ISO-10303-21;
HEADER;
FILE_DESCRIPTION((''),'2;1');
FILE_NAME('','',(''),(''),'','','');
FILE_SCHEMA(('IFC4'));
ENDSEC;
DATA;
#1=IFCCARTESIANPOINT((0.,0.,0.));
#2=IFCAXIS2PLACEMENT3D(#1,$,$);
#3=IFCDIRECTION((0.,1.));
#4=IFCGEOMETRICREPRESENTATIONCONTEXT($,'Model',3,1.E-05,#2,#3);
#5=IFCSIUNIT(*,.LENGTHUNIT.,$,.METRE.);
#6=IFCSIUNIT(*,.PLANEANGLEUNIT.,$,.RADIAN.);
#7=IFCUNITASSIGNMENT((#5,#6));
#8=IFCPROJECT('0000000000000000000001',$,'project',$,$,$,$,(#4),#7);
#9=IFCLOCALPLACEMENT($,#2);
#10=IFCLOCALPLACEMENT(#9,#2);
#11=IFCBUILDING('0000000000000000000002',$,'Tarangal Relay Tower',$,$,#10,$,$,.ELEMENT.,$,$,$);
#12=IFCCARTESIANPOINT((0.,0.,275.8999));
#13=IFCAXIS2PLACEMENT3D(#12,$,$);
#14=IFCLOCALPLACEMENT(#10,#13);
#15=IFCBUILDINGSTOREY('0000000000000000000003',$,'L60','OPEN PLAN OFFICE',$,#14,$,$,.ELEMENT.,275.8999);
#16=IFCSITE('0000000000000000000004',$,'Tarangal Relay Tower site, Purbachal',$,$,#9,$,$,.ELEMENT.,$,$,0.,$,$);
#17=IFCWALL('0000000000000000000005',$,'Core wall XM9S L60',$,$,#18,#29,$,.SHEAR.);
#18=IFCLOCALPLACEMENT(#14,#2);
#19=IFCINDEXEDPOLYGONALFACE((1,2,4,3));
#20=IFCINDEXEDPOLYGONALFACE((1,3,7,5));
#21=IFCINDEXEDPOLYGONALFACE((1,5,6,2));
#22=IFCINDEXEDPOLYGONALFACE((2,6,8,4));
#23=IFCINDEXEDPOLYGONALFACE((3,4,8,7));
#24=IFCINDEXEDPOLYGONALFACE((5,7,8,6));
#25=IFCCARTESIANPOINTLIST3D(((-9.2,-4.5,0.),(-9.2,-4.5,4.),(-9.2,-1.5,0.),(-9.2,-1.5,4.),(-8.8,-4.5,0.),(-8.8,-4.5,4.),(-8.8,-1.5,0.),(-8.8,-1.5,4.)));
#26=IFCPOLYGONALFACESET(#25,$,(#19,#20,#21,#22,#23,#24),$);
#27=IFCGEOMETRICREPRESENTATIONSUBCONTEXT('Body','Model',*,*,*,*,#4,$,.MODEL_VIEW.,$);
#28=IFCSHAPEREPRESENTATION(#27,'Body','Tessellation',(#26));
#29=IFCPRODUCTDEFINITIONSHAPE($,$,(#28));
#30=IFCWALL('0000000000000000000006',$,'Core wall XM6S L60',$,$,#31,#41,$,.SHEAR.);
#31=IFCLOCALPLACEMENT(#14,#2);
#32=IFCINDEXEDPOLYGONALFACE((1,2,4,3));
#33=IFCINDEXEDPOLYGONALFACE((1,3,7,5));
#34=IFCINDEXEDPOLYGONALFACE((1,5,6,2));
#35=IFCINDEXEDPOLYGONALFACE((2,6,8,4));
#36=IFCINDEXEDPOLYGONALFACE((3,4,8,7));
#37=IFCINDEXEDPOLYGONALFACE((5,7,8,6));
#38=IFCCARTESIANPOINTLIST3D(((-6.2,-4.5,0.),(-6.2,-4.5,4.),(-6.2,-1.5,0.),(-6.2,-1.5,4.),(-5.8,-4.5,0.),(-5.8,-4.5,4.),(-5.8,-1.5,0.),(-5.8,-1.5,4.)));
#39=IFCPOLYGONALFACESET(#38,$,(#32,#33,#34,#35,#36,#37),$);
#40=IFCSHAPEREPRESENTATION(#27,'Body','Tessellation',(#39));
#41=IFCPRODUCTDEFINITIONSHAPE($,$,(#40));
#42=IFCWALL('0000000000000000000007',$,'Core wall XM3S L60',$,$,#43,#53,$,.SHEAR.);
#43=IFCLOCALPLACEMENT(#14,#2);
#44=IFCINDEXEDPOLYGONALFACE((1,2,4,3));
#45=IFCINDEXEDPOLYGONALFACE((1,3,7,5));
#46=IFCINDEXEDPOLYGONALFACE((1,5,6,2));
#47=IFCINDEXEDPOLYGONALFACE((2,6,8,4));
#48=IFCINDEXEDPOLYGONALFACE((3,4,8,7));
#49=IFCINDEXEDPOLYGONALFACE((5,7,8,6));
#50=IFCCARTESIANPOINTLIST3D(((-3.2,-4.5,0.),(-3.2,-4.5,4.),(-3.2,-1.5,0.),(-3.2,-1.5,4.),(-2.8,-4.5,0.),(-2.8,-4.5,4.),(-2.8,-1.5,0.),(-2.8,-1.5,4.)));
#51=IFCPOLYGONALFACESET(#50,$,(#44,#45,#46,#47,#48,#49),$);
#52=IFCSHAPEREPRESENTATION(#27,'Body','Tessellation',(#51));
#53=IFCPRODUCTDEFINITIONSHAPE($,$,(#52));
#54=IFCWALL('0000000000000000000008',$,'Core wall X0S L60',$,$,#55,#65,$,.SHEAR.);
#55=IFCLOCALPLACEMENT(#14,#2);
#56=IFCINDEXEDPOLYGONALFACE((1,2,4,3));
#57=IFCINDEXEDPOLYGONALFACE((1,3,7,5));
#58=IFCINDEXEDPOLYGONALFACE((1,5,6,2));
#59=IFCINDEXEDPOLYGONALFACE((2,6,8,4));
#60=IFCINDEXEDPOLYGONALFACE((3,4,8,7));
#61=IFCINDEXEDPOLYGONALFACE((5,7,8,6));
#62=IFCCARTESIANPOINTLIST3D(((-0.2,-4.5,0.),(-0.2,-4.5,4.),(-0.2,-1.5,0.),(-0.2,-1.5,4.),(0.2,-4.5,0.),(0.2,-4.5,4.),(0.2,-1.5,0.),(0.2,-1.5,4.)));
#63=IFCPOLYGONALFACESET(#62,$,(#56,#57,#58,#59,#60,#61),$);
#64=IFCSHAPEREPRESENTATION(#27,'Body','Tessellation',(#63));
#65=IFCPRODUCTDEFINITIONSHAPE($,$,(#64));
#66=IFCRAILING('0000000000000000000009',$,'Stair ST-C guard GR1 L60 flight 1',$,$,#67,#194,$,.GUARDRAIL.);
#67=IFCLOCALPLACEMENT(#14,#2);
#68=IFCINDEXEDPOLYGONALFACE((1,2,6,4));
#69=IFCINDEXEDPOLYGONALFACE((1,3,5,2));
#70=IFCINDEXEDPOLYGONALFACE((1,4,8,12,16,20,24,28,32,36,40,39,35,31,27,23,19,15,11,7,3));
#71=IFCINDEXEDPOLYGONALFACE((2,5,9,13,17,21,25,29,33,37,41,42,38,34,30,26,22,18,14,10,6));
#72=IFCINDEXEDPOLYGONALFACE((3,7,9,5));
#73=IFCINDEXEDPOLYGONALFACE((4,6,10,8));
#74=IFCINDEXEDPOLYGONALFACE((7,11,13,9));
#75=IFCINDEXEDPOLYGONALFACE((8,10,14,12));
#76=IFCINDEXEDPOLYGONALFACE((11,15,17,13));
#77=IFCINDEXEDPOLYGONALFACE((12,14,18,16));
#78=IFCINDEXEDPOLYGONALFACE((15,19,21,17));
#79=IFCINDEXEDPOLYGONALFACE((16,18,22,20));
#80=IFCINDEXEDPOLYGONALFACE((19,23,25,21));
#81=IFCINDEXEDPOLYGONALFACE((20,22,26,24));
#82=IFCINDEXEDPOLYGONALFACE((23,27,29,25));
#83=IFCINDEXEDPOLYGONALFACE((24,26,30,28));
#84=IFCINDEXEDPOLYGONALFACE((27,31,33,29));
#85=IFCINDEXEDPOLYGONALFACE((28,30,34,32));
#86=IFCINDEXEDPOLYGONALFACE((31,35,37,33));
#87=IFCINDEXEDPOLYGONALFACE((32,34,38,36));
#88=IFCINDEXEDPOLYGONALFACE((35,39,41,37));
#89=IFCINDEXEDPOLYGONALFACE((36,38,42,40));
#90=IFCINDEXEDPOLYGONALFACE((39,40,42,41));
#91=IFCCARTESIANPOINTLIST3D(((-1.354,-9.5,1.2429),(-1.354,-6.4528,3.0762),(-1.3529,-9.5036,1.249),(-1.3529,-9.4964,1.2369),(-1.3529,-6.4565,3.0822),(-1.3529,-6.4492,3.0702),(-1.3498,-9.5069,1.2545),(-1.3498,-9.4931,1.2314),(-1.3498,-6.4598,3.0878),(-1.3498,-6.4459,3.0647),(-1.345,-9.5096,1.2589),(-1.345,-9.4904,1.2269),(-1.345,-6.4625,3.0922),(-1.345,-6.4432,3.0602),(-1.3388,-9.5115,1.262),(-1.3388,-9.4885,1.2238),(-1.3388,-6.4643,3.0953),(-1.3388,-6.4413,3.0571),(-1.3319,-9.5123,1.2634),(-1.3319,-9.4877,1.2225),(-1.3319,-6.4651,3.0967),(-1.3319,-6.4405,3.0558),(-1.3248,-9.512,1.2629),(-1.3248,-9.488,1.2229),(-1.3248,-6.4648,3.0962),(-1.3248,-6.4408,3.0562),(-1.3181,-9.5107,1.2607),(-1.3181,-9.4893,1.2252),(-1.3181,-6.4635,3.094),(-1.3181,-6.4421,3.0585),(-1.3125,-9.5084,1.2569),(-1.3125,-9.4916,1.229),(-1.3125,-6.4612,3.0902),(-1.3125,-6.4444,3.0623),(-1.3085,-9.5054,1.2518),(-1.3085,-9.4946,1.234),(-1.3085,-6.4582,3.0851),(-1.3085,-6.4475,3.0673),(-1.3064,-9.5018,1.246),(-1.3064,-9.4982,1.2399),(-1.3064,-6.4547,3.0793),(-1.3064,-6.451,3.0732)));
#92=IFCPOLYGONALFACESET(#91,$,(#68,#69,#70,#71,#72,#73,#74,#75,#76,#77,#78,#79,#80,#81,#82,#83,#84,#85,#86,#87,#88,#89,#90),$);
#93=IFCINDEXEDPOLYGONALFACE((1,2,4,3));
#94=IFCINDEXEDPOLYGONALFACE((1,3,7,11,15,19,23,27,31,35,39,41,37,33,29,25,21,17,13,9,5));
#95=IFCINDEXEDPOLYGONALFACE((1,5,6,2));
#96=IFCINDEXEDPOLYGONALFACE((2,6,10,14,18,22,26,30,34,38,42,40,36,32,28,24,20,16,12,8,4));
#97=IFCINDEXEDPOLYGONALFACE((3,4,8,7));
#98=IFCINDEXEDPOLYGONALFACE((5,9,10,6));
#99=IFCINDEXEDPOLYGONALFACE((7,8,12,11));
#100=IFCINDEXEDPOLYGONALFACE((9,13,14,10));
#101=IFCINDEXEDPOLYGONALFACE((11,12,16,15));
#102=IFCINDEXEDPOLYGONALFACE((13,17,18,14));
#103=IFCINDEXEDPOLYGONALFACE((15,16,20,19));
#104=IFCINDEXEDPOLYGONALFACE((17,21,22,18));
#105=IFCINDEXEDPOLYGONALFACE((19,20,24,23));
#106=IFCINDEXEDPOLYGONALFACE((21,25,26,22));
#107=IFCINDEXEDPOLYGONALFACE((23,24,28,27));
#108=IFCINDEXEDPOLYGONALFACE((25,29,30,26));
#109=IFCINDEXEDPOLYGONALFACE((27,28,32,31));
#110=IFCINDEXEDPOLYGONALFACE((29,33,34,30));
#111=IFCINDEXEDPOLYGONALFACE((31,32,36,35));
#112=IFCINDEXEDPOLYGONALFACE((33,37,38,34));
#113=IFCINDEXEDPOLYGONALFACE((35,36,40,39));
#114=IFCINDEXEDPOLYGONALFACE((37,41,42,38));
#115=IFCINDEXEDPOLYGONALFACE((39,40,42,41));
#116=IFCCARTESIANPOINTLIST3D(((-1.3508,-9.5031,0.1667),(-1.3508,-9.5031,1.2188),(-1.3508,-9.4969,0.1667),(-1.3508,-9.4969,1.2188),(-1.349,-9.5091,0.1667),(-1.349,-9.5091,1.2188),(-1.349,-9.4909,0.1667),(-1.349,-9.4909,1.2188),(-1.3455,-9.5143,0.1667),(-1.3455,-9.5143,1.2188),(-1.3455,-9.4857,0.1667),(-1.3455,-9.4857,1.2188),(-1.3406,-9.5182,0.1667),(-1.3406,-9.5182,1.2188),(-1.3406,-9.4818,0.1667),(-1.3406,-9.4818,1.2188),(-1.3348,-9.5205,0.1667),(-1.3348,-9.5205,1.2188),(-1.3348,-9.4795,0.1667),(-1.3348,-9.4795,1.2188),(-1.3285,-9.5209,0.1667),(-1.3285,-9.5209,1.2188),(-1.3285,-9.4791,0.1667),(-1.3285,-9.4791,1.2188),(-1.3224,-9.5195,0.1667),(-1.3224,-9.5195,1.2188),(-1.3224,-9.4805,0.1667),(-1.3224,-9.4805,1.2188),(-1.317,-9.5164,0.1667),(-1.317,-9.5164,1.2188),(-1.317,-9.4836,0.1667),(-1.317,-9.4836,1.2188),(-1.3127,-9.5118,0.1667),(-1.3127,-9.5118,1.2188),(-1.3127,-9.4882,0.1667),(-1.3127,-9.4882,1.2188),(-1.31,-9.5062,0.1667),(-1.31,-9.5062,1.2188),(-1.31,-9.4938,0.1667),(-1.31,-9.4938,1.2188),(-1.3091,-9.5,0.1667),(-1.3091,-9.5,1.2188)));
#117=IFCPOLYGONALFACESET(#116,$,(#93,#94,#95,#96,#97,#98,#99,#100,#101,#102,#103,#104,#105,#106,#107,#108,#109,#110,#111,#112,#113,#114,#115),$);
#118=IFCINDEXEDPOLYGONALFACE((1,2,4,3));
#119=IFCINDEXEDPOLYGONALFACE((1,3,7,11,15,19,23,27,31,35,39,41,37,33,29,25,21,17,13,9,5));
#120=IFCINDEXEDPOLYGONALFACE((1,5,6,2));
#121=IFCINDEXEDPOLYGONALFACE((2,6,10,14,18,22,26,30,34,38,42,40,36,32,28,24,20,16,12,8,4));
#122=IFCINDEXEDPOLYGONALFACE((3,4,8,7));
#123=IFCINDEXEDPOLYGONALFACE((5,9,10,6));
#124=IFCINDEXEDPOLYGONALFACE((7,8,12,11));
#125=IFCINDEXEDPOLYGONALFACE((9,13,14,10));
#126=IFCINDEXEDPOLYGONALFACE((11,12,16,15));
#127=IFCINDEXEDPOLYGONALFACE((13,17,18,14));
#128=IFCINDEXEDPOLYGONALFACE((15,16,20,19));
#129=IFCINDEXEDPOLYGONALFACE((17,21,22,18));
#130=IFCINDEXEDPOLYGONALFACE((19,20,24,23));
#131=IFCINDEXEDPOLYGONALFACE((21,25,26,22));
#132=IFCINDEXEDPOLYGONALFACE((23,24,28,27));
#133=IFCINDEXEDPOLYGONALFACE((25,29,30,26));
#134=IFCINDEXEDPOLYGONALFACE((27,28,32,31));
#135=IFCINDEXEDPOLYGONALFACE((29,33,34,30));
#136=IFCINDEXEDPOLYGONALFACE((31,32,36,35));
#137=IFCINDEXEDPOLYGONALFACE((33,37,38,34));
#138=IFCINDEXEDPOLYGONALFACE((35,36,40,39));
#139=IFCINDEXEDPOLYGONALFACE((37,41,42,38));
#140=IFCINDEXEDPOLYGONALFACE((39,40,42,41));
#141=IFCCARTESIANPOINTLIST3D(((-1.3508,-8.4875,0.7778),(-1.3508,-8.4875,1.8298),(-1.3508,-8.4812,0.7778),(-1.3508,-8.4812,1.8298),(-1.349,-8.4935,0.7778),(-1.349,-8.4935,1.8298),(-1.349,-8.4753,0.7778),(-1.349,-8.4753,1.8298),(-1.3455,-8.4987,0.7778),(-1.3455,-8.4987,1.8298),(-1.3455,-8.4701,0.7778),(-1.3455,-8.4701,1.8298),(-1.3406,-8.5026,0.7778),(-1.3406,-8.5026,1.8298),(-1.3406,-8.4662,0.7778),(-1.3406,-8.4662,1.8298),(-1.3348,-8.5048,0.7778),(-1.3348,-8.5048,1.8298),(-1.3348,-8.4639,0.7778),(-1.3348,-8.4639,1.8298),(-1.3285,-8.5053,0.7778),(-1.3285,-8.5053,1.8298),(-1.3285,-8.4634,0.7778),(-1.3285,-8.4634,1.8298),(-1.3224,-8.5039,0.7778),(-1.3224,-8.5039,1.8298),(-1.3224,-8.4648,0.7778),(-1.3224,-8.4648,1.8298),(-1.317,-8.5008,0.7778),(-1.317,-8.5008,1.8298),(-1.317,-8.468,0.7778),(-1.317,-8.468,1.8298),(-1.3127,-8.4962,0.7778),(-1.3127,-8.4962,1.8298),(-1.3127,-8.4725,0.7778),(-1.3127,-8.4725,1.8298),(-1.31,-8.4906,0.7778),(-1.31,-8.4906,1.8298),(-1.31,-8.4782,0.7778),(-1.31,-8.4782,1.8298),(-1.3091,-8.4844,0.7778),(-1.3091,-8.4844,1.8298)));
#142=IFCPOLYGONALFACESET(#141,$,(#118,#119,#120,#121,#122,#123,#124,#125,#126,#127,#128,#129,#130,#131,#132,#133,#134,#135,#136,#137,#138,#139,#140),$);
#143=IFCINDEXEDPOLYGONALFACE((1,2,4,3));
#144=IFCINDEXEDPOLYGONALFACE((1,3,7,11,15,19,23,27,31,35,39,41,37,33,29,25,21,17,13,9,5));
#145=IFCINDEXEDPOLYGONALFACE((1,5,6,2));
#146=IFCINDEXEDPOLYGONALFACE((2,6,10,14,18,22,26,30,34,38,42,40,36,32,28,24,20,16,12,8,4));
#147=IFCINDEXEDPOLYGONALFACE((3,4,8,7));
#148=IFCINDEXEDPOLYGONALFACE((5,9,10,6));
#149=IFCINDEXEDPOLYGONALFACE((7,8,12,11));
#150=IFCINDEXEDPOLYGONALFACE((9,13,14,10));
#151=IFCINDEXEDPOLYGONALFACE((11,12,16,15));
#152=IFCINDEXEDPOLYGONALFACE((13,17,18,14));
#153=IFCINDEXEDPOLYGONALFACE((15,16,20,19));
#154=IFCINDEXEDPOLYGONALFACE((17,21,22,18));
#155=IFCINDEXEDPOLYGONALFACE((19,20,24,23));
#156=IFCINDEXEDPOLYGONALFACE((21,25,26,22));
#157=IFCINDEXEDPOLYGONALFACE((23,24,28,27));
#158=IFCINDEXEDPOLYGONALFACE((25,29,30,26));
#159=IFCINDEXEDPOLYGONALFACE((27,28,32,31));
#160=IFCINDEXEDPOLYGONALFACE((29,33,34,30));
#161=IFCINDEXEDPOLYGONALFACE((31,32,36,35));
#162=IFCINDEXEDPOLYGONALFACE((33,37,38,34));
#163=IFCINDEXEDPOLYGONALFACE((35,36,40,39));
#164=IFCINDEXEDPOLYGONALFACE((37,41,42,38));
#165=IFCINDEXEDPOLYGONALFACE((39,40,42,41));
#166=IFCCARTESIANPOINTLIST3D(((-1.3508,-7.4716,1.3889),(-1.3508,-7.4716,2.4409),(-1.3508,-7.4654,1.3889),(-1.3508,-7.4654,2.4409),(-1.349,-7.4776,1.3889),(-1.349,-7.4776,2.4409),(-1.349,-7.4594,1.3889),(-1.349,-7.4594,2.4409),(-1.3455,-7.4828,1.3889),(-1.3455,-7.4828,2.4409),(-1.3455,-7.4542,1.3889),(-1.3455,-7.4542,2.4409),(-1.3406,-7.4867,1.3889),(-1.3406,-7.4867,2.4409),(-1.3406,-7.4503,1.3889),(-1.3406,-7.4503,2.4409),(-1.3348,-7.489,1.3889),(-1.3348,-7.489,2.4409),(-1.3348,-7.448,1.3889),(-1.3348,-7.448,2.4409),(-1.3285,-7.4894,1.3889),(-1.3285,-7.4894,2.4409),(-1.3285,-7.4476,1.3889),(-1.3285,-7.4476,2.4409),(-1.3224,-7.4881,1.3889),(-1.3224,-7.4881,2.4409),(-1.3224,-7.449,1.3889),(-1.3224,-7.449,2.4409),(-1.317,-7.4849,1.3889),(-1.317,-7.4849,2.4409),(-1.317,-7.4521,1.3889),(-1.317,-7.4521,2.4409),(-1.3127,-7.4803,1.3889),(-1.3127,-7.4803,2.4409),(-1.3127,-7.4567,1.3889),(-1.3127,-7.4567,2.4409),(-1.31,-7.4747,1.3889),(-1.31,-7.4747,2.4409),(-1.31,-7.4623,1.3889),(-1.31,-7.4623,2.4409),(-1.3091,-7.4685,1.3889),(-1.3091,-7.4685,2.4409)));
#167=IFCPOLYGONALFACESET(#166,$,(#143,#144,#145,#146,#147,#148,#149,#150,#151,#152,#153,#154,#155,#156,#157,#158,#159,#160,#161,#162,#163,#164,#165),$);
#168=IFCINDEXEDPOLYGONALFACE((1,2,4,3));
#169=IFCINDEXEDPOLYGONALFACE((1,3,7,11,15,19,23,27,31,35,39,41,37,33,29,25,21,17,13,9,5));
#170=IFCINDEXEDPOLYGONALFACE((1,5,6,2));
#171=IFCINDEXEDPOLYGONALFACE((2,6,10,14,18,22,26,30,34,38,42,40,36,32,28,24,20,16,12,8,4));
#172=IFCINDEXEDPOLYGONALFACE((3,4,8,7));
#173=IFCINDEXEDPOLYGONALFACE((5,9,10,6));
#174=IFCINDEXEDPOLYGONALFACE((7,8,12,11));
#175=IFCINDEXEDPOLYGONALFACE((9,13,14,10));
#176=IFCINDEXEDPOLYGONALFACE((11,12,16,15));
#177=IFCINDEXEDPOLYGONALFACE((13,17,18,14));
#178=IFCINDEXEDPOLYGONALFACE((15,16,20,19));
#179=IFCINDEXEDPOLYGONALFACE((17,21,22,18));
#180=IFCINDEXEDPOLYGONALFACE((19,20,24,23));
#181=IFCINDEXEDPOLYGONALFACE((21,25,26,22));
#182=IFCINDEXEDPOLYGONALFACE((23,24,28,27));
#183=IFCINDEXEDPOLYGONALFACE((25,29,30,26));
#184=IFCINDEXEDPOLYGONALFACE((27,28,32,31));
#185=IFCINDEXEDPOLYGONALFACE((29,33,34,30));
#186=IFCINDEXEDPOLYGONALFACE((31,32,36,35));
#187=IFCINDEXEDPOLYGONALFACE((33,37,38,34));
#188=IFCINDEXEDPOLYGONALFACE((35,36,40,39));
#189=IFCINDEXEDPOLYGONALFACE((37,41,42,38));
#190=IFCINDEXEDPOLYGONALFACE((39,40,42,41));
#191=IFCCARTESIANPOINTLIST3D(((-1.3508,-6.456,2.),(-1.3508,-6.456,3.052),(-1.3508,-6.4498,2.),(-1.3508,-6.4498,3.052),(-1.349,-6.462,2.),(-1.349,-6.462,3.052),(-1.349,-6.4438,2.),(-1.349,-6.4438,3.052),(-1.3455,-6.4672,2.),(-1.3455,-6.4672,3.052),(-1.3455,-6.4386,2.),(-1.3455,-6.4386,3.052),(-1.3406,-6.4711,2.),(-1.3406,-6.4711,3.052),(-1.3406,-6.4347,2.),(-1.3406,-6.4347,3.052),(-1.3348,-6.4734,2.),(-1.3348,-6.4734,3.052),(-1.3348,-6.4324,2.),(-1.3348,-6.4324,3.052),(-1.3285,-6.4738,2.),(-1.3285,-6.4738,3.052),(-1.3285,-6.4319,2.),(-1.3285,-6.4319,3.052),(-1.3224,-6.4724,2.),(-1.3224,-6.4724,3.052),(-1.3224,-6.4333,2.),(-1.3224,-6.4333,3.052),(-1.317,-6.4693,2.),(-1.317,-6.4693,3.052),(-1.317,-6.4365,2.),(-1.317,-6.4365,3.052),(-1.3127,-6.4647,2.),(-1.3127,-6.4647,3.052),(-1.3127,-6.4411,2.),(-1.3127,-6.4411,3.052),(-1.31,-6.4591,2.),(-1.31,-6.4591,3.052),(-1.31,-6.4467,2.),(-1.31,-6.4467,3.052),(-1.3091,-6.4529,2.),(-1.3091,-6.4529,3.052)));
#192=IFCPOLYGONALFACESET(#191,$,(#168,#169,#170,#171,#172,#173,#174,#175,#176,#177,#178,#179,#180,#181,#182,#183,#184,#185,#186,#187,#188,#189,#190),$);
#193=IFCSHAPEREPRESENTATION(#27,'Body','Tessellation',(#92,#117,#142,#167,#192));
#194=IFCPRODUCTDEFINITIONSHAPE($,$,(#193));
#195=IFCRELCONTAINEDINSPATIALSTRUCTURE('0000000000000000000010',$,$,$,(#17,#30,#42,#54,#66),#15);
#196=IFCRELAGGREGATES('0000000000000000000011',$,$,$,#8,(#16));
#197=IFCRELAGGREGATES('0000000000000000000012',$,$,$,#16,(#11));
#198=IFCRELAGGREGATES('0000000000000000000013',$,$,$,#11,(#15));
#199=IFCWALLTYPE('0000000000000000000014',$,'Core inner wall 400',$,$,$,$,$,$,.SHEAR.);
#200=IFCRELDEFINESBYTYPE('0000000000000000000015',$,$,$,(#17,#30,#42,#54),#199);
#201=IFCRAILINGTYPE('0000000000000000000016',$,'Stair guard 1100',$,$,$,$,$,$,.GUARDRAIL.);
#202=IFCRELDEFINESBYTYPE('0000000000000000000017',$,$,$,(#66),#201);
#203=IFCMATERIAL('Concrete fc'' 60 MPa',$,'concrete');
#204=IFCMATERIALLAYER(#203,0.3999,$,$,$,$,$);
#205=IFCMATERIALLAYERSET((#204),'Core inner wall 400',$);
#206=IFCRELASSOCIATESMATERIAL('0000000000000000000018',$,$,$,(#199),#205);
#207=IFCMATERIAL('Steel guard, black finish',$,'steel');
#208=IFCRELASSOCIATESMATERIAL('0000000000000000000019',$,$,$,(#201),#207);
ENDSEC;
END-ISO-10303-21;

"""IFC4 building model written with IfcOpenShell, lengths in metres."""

from ifc_helpers import new_model, si_unit, direction, frame, frame_2d, origin, origin_2d, place, context, subcontext, project, spatial, rectangle, circle, extrude, material, layer, layer_set, type_object, element, save


model = new_model("IFC4")

# Units and contexts
model_context = context("Model", 3, precision=1e-05, world=origin(), true_north=direction((0.0, 1.0)))
body_context = subcontext(model_context, "Body", "Model", "MODEL_VIEW")
ifc_project = project(units=[si_unit("LENGTHUNIT", "METRE"), si_unit("PLANEANGLEUNIT", "RADIAN")], contexts=[model_context])

# Site, building, storey
site_placement = place(None, origin())
site = spatial("IfcSite", under=ifc_project, at=site_placement, Name="Tarangal Relay Tower site, Purbachal", CompositionType="ELEMENT", RefElevation=0.0)
building_placement = place(site_placement, origin())
building = spatial("IfcBuilding", under=site, at=building_placement, Name="Tarangal Relay Tower", CompositionType="ELEMENT")
storey_placement = place(building_placement, frame((0.0, 0.0, 275.8999)))
storey = spatial("IfcBuildingStorey", under=building, at=storey_placement, Name="L60", Description="OPEN PLAN OFFICE", CompositionType="ELEMENT", Elevation=275.8999)

# Shared definitions
ifc_material_1 = material(Name="Concrete fc' 60 MPa", Category="concrete")
ifc_layer_1 = layer(ifc_material_1, 0.3999)
ifc_layer_set_1 = layer_set([ifc_layer_1], Name="Core inner wall 400")
wall_type_1 = type_object("IfcWallType", Name="Core inner wall 400", PredefinedType="SHEAR", material=ifc_layer_set_1)

# Walls
for number, where, z_axis, x_axis, name in (
    (1, (-9.0, -4.5, 0.0), (0.0, 0.0, 1.0), (0.0, 1.0, 0.0), "Core wall XM9S L60"),
    (2, (-6.0, -4.5, 0.0), (0.0, 0.0, 1.0), (0.0, 1.0, 0.0), "Core wall XM6S L60"),
    (3, (-3.0, -4.5, 0.0), (0.0, 0.0, 1.0), (0.0, 1.0, 0.0), "Core wall XM3S L60"),
    (4, (0.0, -4.5, 0.0), (0.0, 0.0, 1.0), (0.0, 1.0, 0.0), "Core wall X0S L60"),
):
    element("IfcWall", number, at=place(storey_placement, frame(where, z_axis=z_axis, x_axis=x_axis)), inside=storey, type_object=wall_type_1, Name=name, PredefinedType="SHEAR", context=body_context, shape_type="SweptSolid", body=[
        extrude(rectangle(XDim=3.0, YDim=0.3999, at=frame_2d((1.5, 0.0))), origin(), (0.0, 0.0, 1.0), 4.0),
    ])

# Railing
ifc_material_2 = material(Name="Steel guard, black finish", Category="steel")
railing_type = type_object("IfcRailingType", Name="Stair guard 1100", PredefinedType="GUARDRAIL", material=ifc_material_2)
railing_1_placement = place(storey_placement, frame((-1.3301, -9.5, 0.1667)))
element("IfcRailing", 5, at=railing_1_placement, inside=storey, type_object=railing_type, Name="Stair ST-C guard GR1 L60 flight 1", PredefinedType="GUARDRAIL", context=body_context, shape_type="SweptSolid", body=[
    extrude(circle(Radius=0.0239, at=origin_2d()), frame((0.0, 0.0, 1.0762), z_axis=(0.0, 0.856874, 0.515525), x_axis=(-1.0, 0.0, 0.0)), (0.0, 0.0, 1.0), 3.5562),
    extrude(circle(Radius=0.021, at=origin_2d()), origin(), (0.0, 0.0, 1.0), 1.052),
    extrude(circle(Radius=0.021, at=origin_2d()), frame((0.0, 1.0156, 0.6111)), (0.0, 0.0, 1.0), 1.052),
    extrude(circle(Radius=0.021, at=origin_2d()), frame((0.0, 2.0315, 1.2222)), (0.0, 0.0, 1.0), 1.052),
    extrude(circle(Radius=0.021, at=origin_2d()), frame((0.0, 3.0471, 1.8333)), (0.0, 0.0, 1.0), 1.052),
])

save(model, "model.ifc")
